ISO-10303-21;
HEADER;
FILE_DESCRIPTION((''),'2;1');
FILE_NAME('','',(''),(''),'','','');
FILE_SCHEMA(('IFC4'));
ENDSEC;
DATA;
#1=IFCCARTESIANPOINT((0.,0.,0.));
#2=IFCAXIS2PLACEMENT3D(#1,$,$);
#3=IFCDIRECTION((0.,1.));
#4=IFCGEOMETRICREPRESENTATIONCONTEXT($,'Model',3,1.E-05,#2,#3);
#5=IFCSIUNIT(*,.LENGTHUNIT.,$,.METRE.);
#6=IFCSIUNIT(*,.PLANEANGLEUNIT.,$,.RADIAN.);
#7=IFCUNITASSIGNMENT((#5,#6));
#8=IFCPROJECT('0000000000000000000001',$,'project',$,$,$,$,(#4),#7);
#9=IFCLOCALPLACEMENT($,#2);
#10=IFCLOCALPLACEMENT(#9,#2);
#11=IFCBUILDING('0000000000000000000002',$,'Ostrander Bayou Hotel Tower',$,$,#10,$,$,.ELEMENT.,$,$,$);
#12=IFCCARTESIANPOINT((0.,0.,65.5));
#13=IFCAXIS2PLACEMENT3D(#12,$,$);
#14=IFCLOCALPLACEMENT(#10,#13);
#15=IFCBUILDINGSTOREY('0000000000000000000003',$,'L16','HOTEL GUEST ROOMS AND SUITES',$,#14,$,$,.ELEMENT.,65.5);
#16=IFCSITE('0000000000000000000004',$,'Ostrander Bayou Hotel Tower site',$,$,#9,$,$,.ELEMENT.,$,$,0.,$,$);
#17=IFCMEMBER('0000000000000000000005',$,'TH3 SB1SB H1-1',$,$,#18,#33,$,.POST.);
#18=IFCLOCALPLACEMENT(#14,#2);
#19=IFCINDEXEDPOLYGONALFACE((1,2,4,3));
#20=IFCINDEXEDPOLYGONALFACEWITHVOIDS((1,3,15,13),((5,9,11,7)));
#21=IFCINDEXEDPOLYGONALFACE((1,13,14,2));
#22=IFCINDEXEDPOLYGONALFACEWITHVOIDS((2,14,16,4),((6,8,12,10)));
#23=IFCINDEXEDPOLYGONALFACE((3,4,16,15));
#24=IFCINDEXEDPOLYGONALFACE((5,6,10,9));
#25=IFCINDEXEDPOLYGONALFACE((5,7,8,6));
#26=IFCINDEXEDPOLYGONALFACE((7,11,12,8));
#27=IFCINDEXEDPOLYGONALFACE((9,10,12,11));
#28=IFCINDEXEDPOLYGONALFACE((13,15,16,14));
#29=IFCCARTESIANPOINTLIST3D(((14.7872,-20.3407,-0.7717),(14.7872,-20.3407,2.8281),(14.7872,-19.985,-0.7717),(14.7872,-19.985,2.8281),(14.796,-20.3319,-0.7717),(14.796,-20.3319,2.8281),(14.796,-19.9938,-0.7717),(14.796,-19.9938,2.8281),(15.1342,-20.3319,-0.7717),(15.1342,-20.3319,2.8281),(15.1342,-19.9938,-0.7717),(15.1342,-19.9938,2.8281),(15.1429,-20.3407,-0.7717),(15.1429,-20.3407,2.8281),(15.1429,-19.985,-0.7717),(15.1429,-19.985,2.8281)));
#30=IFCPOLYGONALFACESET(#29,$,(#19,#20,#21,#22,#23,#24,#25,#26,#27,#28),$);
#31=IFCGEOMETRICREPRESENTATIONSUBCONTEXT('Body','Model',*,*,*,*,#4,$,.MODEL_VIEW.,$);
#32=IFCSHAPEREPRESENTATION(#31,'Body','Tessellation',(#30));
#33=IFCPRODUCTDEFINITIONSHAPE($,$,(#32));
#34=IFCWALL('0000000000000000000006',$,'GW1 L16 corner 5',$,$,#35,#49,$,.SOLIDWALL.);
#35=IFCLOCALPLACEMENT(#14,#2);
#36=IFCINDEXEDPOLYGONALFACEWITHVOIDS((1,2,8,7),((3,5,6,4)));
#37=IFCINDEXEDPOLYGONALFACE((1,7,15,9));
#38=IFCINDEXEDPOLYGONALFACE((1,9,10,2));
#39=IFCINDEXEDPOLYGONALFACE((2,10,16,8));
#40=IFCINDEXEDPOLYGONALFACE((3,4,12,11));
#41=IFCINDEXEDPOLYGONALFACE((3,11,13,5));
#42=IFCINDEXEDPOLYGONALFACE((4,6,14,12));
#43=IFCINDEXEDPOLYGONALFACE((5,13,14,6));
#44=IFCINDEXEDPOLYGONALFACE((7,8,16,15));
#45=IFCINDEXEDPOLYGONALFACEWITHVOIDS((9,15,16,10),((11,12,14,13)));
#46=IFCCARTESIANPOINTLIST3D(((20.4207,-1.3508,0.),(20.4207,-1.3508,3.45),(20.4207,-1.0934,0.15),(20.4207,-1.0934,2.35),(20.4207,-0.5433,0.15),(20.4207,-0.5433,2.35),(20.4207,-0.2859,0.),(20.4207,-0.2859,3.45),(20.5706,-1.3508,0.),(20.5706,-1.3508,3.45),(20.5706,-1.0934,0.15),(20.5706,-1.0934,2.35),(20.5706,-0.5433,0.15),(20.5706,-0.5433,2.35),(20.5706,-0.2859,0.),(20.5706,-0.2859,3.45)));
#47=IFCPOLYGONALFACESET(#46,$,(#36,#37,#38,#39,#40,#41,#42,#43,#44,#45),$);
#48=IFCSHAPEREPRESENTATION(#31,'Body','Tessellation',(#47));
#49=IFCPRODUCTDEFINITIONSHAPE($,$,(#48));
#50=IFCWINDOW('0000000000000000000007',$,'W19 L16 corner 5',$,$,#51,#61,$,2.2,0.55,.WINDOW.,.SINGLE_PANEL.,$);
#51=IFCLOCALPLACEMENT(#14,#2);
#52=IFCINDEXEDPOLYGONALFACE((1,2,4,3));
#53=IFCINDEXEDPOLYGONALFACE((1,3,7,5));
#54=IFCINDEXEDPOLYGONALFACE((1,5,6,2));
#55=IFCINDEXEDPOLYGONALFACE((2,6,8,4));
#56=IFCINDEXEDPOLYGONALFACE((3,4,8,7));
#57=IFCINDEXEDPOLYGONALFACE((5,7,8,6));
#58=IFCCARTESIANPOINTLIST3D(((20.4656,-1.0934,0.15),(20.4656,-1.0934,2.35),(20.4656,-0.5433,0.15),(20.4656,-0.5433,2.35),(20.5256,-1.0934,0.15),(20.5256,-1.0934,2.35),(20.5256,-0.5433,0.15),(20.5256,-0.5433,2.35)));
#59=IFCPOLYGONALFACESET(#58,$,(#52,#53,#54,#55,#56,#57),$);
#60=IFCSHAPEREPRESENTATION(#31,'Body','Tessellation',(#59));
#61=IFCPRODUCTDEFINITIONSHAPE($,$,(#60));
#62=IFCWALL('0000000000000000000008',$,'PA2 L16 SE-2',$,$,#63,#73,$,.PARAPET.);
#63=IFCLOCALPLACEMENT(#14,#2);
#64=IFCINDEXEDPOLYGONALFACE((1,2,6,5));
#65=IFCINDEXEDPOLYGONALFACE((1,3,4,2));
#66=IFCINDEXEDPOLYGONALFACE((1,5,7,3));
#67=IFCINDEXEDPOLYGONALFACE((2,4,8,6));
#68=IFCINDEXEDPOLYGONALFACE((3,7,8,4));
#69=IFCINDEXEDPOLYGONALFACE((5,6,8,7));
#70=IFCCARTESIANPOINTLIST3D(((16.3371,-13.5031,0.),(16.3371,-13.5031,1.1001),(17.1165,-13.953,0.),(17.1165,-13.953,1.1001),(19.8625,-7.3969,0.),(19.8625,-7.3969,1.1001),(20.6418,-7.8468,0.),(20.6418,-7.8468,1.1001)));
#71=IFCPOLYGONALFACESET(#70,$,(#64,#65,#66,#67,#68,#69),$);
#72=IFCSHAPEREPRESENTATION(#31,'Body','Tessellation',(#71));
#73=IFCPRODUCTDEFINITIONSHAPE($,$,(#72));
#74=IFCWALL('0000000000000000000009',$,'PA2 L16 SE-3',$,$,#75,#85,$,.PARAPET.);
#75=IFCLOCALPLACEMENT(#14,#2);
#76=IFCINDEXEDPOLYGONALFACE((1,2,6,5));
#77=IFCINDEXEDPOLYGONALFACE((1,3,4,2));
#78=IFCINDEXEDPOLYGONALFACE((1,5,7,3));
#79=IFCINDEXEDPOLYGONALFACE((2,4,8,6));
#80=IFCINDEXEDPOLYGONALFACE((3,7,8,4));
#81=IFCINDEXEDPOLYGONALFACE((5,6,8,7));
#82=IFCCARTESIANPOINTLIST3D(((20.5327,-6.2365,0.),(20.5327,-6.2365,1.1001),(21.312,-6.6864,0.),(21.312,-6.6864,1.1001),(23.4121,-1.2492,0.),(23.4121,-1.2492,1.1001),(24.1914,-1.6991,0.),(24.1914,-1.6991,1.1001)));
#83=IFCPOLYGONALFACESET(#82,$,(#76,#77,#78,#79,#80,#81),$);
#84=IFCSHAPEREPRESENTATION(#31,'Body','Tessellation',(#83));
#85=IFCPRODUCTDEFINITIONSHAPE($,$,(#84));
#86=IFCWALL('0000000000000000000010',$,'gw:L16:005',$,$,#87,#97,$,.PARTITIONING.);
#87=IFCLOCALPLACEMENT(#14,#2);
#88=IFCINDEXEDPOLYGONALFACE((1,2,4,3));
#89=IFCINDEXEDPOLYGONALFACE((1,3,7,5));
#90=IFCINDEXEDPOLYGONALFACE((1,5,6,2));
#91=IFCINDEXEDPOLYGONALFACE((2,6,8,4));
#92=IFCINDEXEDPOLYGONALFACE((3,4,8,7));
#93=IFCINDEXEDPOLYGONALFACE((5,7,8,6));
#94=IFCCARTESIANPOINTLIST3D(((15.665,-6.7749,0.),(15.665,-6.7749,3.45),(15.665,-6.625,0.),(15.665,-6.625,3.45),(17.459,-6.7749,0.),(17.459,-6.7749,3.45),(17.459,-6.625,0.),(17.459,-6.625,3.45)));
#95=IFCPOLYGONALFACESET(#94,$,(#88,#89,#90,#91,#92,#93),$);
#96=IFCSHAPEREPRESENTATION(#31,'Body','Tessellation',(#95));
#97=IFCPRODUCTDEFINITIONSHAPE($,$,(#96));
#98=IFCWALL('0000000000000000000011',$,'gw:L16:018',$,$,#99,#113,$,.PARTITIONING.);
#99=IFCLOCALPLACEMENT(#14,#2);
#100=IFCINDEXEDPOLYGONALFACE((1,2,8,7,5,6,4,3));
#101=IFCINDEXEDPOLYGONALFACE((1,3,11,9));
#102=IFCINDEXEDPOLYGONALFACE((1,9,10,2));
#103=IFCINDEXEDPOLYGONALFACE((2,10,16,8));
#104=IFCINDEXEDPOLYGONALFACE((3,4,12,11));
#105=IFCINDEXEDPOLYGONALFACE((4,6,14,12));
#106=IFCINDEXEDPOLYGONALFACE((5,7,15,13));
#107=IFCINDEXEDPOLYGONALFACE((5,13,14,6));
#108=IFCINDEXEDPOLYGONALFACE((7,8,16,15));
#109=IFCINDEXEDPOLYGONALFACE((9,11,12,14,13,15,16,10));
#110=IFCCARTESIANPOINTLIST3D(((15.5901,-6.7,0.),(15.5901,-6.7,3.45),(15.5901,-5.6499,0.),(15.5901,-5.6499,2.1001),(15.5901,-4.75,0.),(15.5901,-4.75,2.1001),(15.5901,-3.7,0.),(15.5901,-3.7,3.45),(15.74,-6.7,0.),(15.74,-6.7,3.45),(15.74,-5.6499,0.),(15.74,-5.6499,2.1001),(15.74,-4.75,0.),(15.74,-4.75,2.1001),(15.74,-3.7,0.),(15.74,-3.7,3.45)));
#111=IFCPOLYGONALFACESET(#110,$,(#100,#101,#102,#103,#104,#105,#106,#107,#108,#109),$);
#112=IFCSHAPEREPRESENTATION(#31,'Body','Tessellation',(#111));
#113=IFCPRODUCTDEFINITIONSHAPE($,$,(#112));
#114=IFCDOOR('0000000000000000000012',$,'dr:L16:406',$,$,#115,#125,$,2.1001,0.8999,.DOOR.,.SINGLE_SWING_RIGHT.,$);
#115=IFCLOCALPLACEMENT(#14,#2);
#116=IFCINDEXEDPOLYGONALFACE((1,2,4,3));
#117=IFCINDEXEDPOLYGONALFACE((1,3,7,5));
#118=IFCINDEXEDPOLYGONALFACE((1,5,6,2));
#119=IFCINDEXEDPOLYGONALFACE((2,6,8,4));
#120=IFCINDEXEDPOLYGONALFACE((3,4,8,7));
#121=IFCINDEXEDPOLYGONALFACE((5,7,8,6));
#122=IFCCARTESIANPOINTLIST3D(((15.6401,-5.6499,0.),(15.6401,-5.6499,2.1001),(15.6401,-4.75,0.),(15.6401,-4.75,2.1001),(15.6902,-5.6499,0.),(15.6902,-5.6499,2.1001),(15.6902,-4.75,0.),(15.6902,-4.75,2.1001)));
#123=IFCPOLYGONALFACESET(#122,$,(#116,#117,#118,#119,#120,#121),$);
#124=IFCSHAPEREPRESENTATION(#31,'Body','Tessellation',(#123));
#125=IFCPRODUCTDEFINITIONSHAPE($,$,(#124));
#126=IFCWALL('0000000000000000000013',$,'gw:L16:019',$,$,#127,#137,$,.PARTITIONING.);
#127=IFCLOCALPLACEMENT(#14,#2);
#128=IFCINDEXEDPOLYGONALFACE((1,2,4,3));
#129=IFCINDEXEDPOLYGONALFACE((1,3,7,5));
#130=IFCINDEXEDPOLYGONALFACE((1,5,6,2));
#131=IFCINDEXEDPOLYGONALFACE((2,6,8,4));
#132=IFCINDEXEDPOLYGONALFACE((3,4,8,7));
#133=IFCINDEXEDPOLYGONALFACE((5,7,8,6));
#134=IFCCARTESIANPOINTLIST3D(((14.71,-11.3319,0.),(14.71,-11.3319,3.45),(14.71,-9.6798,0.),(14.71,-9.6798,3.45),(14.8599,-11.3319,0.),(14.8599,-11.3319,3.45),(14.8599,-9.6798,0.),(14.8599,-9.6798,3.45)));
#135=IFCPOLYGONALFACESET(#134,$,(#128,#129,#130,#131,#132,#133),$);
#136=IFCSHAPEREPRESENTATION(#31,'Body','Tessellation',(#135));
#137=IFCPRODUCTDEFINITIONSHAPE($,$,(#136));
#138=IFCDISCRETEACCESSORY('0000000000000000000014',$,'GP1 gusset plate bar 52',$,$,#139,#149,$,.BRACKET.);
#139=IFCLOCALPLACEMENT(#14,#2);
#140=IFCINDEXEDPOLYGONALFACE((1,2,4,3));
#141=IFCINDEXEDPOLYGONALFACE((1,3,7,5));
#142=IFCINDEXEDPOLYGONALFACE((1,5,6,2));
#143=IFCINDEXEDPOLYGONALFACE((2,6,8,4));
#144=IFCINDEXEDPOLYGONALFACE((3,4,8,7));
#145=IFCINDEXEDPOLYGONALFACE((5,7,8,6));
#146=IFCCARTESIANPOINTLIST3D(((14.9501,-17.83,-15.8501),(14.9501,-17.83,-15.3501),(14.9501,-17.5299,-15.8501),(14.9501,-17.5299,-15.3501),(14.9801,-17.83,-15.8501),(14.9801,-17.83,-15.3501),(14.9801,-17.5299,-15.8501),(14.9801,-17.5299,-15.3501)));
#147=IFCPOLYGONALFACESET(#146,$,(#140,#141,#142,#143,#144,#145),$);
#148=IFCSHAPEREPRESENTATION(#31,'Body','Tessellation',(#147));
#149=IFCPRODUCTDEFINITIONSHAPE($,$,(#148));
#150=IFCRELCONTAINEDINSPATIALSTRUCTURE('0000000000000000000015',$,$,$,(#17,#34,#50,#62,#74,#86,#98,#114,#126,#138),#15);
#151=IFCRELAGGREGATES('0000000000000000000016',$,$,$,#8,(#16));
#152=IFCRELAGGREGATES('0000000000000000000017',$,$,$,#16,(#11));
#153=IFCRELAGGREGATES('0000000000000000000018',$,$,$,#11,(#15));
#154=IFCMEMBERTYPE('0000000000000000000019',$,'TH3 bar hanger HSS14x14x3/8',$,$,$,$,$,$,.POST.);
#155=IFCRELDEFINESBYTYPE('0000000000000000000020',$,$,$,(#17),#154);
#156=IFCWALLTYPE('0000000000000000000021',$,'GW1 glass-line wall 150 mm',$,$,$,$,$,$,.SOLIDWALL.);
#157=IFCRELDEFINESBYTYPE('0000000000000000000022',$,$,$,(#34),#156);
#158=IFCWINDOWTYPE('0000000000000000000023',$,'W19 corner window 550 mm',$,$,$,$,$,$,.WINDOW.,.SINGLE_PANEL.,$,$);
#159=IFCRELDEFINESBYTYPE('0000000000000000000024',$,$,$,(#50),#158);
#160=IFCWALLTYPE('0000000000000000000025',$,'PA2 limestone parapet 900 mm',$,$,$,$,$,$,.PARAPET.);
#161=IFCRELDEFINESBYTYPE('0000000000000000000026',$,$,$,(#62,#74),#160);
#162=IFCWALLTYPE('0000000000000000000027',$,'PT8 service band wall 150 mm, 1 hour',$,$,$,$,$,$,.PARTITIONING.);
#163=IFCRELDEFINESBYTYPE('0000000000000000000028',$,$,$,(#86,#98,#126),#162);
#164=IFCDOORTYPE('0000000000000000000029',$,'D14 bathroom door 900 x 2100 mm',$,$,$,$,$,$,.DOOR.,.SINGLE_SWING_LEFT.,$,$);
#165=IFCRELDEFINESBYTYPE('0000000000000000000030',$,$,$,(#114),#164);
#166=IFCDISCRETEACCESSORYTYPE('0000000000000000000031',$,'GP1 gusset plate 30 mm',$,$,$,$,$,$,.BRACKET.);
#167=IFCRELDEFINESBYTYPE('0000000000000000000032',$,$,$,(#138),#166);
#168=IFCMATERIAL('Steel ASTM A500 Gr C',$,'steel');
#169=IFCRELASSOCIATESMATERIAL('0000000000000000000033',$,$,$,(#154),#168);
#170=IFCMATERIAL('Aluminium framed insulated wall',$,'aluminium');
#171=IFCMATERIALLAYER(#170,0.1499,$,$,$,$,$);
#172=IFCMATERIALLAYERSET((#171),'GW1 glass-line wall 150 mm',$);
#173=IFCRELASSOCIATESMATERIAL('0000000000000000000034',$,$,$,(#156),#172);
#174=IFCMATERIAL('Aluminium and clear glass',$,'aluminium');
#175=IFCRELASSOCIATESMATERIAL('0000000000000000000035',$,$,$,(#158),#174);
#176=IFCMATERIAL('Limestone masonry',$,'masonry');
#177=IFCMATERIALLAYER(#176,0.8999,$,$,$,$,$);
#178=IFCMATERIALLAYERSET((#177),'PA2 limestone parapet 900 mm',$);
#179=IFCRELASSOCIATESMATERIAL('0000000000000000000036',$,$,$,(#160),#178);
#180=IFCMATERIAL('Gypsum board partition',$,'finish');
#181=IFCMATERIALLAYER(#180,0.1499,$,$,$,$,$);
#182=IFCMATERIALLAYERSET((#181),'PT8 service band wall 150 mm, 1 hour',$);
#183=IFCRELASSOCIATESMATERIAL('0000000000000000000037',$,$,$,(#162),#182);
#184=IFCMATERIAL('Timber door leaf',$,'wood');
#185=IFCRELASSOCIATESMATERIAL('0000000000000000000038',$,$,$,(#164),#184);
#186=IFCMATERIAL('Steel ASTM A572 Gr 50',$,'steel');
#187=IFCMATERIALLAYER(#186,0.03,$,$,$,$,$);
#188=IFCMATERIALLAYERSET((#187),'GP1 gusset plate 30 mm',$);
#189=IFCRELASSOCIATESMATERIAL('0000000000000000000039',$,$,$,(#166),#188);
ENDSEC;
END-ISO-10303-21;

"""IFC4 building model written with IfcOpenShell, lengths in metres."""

from ifc_helpers import new_model, si_unit, direction, frame, frame_2d, origin, origin_2d, place, context, subcontext, project, spatial, rectangle, hollow_rectangle, extrude, material, layer, layer_set, material_profile, profile_set, type_object, element, fill, save


model = new_model("IFC4")

# Units and contexts
model_context = context("Model", 3, precision=1e-05, world=origin(), true_north=direction((0.0, 1.0)))
body_context = subcontext(model_context, "Body", "Model", "MODEL_VIEW")
ifc_project = project(units=[si_unit("LENGTHUNIT", "METRE"), si_unit("PLANEANGLEUNIT", "RADIAN")], contexts=[model_context])

# Site, building, storey
site_placement = place(None, origin())
site = spatial("IfcSite", under=ifc_project, at=site_placement, Name="Ostrander Bayou Hotel Tower site", CompositionType="ELEMENT", RefElevation=0.0)
building_placement = place(site_placement, origin())
building = spatial("IfcBuilding", under=site, at=building_placement, Name="Ostrander Bayou Hotel Tower", CompositionType="ELEMENT")
storey_placement = place(building_placement, frame((0.0, 0.0, 65.5)))
storey = spatial("IfcBuildingStorey", under=building, at=storey_placement, Name="L16", Description="HOTEL GUEST ROOMS AND SUITES", CompositionType="ELEMENT", Elevation=65.5)

# Member
ifc_material_1 = material(Name="Steel ASTM A500 Gr C", Category="steel")
ifc_material_profile_1 = material_profile(ifc_material_1, hollow_rectangle(XDim=0.3557, YDim=0.3557, WallThickness=0.0088, at=origin_2d()))
ifc_profile_set_1 = profile_set([ifc_material_profile_1], Name="Steel ASTM A500 Gr C")
member_type_1 = type_object("IfcMemberType", Name="TH3 bar hanger HSS14x14x3/8", PredefinedType="POST", material=ifc_profile_set_1)
member_1_placement = place(storey_placement, frame((14.9651, -20.1628, -0.7717), z_axis=(0.0, 0.0, 1.0), x_axis=(1.0, 0.0, 0.0)))
element("IfcMember", 1, at=member_1_placement, inside=storey, type_object=member_type_1, Name="TH3 SB1SB H1-1", PredefinedType="POST", context=body_context, shape_type="SweptSolid", body=[
    extrude(hollow_rectangle(XDim=0.3557, YDim=0.3557, WallThickness=0.0088, at=origin_2d()), origin(), (0.0, 0.0, 1.0), 3.5999),
])

# Wall, opening, window
ifc_material_2 = material(Name="Aluminium framed insulated wall", Category="aluminium")
ifc_layer_1 = layer(ifc_material_2, 0.1499)
ifc_layer_set_1 = layer_set([ifc_layer_1], Name="GW1 glass-line wall 150 mm")
wall_type_1 = type_object("IfcWallType", Name="GW1 glass-line wall 150 mm", PredefinedType="SOLIDWALL", material=ifc_layer_set_1)
wall_1_placement = place(storey_placement, frame((20.4956, -1.3508, 0.0), z_axis=(0.0, 0.0, 1.0), x_axis=(0.0, 1.0, 0.0)))
wall_1 = element("IfcWall", 2, at=wall_1_placement, inside=storey, type_object=wall_type_1, Name="GW1 L16 corner 5", PredefinedType="SOLIDWALL", context=body_context, shape_type="SweptSolid", body=[
    extrude(rectangle(XDim=1.0649, YDim=0.1499, at=frame_2d((0.5325, 0.0))), origin(), (0.0, 0.0, 1.0), 3.45),
])
opening_1_placement = place(wall_1_placement, frame((0.2576, 0.0, 0.1499)))
opening_1 = element("IfcOpeningElement", 3, at=opening_1_placement, cuts=wall_1, PredefinedType="OPENING", context=body_context, shape_type="SweptSolid", body=[
    extrude(rectangle(XDim=0.55, YDim=2.2, at=frame_2d((0.2749, 1.1001))), frame((0.0, 0.075, 0.0), z_axis=(0.0, -1.0, 0.0), x_axis=(1.0, 0.0, 0.0)), (0.0, 0.0, 1.0), 0.1499),
])
ifc_material_3 = material(Name="Aluminium and clear glass", Category="aluminium")
window_type = type_object("IfcWindowType", Name="W19 corner window 550 mm", PartitioningType="SINGLE_PANEL", PredefinedType="WINDOW", material=ifc_material_3)
window_placement = place(opening_1_placement, origin())
window = element("IfcWindow", 4, at=window_placement, inside=storey, type_object=window_type, Name="W19 L16 corner 5", OverallHeight=2.2, OverallWidth=0.55, PartitioningType="SINGLE_PANEL", PredefinedType="WINDOW", context=body_context, shape_type="SweptSolid", body=[
    extrude(rectangle(XDim=0.55, YDim=2.2, at=frame_2d((0.2749, 1.1001))), frame((0.0, 0.03, 0.0), z_axis=(0.0, -1.0, 0.0), x_axis=(1.0, 0.0, 0.0)), (0.0, 0.0, 1.0), 0.0601),
])
fill(opening_1, window)

# Walls
ifc_material_4 = material(Name="Limestone masonry", Category="masonry")
ifc_layer_2 = layer(ifc_material_4, 0.8999)
ifc_layer_set_2 = layer_set([ifc_layer_2], Name="PA2 limestone parapet 900 mm")
wall_type_2 = type_object("IfcWallType", Name="PA2 limestone parapet 900 mm", PredefinedType="PARAPET", material=ifc_layer_set_2)
wall_2_placement = place(storey_placement, frame((16.7268, -13.728, 0.0), z_axis=(0.0, 0.0, 1.0), x_axis=(0.499997, 0.866027, 0.0)))
element("IfcWall", 5, at=wall_2_placement, inside=storey, type_object=wall_type_2, Name="PA2 L16 SE-2", PredefinedType="PARAPET", context=body_context, shape_type="SweptSolid", body=[
    extrude(rectangle(XDim=7.0508, YDim=0.8999, at=frame_2d((3.5254, 0.0))), origin(), (0.0, 0.0, 1.0), 1.1001),
])
wall_3_placement = place(storey_placement, frame((20.9224, -6.4614, 0.0), z_axis=(0.0, 0.0, 1.0), x_axis=(0.499996, 0.866027, 0.0)))
element("IfcWall", 6, at=wall_3_placement, inside=storey, type_object=wall_type_2, Name="PA2 L16 SE-3", PredefinedType="PARAPET", context=body_context, shape_type="SweptSolid", body=[
    extrude(rectangle(XDim=5.7588, YDim=0.8999, at=frame_2d((2.8794, 0.0))), origin(), (0.0, 0.0, 1.0), 1.1001),
])
ifc_material_5 = material(Name="Gypsum board partition", Category="finish")
ifc_layer_3 = layer(ifc_material_5, 0.1499)
ifc_layer_set_3 = layer_set([ifc_layer_3], Name="PT8 service band wall 150 mm, 1 hour")
wall_type_3 = type_object("IfcWallType", Name="PT8 service band wall 150 mm, 1 hour", PredefinedType="PARTITIONING", material=ifc_layer_set_3)
wall_4_placement = place(storey_placement, frame((15.665, -6.7, 0.0), z_axis=(0.0, 0.0, 1.0), x_axis=(1.0, 0.0, 0.0)))
element("IfcWall", 7, at=wall_4_placement, inside=storey, type_object=wall_type_3, Name="gw:L16:005", PredefinedType="PARTITIONING", context=body_context, shape_type="SweptSolid", body=[
    extrude(rectangle(XDim=1.7939, YDim=0.1499, at=frame_2d((0.897, 0.0))), origin(), (0.0, 0.0, 1.0), 3.45),
])

# Wall, opening, door
wall_5_placement = place(storey_placement, frame((15.665, -6.7, 0.0), z_axis=(0.0, 0.0, 1.0), x_axis=(0.0, 1.0, 0.0)))
wall_5 = element("IfcWall", 8, at=wall_5_placement, inside=storey, type_object=wall_type_3, Name="gw:L16:018", PredefinedType="PARTITIONING", context=body_context, shape_type="SweptSolid", body=[
    extrude(rectangle(XDim=3.0, YDim=0.1499, at=frame_2d((1.5, 0.0))), origin(), (0.0, 0.0, 1.0), 3.45),
])
opening_2_placement = place(wall_5_placement, frame((1.05, 0.0, 0.0)))
opening_2 = element("IfcOpeningElement", 9, at=opening_2_placement, cuts=wall_5, PredefinedType="OPENING", context=body_context, shape_type="SweptSolid", body=[
    extrude(rectangle(XDim=0.8999, YDim=2.1001, at=frame_2d((0.45, 1.05))), frame((0.0, 0.075, 0.0), z_axis=(0.0, -1.0, 0.0), x_axis=(1.0, 0.0, 0.0)), (0.0, 0.0, 1.0), 0.1499),
])
ifc_material_6 = material(Name="Timber door leaf", Category="wood")
door_type = type_object("IfcDoorType", Name="D14 bathroom door 900 x 2100 mm", OperationType="SINGLE_SWING_LEFT", PredefinedType="DOOR", material=ifc_material_6)
door_placement = place(opening_2_placement, origin())
door = element("IfcDoor", 10, at=door_placement, inside=storey, type_object=door_type, Name="dr:L16:406", OperationType="SINGLE_SWING_RIGHT", OverallHeight=2.1001, OverallWidth=0.8999, PredefinedType="DOOR", context=body_context, shape_type="SweptSolid", body=[
    extrude(rectangle(XDim=0.8999, YDim=2.1001, at=frame_2d((0.45, 1.05))), frame((0.0, 0.0249, 0.0), z_axis=(0.0, -1.0, 0.0), x_axis=(1.0, 0.0, 0.0)), (0.0, 0.0, 1.0), 0.05),
])
fill(opening_2, door)

# Wall
wall_6_placement = place(storey_placement, frame((14.7849, -11.332, 0.0), z_axis=(0.0, 0.0, 1.0), x_axis=(0.0, 1.0, 0.0)))
element("IfcWall", 11, at=wall_6_placement, inside=storey, type_object=wall_type_3, Name="gw:L16:019", PredefinedType="PARTITIONING", context=body_context, shape_type="SweptSolid", body=[
    extrude(rectangle(XDim=1.6521, YDim=0.1499, at=frame_2d((0.8262, 0.0))), origin(), (0.0, 0.0, 1.0), 3.45),
])

# Discrete accessory
ifc_material_7 = material(Name="Steel ASTM A572 Gr 50", Category="steel")
ifc_layer_4 = layer(ifc_material_7, 0.03)
ifc_layer_set_4 = layer_set([ifc_layer_4], Name="GP1 gusset plate 30 mm")
discrete_accessory_type = type_object("IfcDiscreteAccessoryType", Name="GP1 gusset plate 30 mm", PredefinedType="BRACKET", material=ifc_layer_set_4)
discrete_accessory_placement = place(storey_placement, frame((14.9651, -17.6799, -15.8501), z_axis=(0.0, 0.0, 1.0), x_axis=(0.0, 1.0, 0.0)))
element("IfcDiscreteAccessory", 12, at=discrete_accessory_placement, inside=storey, type_object=discrete_accessory_type, Name="GP1 gusset plate bar 52", PredefinedType="BRACKET", context=body_context, shape_type="SweptSolid", body=[
    extrude(rectangle(XDim=0.3, YDim=0.03, at=origin_2d()), origin(), (0.0, 0.0, 1.0), 0.5),
])

save(model, "model.ifc")
